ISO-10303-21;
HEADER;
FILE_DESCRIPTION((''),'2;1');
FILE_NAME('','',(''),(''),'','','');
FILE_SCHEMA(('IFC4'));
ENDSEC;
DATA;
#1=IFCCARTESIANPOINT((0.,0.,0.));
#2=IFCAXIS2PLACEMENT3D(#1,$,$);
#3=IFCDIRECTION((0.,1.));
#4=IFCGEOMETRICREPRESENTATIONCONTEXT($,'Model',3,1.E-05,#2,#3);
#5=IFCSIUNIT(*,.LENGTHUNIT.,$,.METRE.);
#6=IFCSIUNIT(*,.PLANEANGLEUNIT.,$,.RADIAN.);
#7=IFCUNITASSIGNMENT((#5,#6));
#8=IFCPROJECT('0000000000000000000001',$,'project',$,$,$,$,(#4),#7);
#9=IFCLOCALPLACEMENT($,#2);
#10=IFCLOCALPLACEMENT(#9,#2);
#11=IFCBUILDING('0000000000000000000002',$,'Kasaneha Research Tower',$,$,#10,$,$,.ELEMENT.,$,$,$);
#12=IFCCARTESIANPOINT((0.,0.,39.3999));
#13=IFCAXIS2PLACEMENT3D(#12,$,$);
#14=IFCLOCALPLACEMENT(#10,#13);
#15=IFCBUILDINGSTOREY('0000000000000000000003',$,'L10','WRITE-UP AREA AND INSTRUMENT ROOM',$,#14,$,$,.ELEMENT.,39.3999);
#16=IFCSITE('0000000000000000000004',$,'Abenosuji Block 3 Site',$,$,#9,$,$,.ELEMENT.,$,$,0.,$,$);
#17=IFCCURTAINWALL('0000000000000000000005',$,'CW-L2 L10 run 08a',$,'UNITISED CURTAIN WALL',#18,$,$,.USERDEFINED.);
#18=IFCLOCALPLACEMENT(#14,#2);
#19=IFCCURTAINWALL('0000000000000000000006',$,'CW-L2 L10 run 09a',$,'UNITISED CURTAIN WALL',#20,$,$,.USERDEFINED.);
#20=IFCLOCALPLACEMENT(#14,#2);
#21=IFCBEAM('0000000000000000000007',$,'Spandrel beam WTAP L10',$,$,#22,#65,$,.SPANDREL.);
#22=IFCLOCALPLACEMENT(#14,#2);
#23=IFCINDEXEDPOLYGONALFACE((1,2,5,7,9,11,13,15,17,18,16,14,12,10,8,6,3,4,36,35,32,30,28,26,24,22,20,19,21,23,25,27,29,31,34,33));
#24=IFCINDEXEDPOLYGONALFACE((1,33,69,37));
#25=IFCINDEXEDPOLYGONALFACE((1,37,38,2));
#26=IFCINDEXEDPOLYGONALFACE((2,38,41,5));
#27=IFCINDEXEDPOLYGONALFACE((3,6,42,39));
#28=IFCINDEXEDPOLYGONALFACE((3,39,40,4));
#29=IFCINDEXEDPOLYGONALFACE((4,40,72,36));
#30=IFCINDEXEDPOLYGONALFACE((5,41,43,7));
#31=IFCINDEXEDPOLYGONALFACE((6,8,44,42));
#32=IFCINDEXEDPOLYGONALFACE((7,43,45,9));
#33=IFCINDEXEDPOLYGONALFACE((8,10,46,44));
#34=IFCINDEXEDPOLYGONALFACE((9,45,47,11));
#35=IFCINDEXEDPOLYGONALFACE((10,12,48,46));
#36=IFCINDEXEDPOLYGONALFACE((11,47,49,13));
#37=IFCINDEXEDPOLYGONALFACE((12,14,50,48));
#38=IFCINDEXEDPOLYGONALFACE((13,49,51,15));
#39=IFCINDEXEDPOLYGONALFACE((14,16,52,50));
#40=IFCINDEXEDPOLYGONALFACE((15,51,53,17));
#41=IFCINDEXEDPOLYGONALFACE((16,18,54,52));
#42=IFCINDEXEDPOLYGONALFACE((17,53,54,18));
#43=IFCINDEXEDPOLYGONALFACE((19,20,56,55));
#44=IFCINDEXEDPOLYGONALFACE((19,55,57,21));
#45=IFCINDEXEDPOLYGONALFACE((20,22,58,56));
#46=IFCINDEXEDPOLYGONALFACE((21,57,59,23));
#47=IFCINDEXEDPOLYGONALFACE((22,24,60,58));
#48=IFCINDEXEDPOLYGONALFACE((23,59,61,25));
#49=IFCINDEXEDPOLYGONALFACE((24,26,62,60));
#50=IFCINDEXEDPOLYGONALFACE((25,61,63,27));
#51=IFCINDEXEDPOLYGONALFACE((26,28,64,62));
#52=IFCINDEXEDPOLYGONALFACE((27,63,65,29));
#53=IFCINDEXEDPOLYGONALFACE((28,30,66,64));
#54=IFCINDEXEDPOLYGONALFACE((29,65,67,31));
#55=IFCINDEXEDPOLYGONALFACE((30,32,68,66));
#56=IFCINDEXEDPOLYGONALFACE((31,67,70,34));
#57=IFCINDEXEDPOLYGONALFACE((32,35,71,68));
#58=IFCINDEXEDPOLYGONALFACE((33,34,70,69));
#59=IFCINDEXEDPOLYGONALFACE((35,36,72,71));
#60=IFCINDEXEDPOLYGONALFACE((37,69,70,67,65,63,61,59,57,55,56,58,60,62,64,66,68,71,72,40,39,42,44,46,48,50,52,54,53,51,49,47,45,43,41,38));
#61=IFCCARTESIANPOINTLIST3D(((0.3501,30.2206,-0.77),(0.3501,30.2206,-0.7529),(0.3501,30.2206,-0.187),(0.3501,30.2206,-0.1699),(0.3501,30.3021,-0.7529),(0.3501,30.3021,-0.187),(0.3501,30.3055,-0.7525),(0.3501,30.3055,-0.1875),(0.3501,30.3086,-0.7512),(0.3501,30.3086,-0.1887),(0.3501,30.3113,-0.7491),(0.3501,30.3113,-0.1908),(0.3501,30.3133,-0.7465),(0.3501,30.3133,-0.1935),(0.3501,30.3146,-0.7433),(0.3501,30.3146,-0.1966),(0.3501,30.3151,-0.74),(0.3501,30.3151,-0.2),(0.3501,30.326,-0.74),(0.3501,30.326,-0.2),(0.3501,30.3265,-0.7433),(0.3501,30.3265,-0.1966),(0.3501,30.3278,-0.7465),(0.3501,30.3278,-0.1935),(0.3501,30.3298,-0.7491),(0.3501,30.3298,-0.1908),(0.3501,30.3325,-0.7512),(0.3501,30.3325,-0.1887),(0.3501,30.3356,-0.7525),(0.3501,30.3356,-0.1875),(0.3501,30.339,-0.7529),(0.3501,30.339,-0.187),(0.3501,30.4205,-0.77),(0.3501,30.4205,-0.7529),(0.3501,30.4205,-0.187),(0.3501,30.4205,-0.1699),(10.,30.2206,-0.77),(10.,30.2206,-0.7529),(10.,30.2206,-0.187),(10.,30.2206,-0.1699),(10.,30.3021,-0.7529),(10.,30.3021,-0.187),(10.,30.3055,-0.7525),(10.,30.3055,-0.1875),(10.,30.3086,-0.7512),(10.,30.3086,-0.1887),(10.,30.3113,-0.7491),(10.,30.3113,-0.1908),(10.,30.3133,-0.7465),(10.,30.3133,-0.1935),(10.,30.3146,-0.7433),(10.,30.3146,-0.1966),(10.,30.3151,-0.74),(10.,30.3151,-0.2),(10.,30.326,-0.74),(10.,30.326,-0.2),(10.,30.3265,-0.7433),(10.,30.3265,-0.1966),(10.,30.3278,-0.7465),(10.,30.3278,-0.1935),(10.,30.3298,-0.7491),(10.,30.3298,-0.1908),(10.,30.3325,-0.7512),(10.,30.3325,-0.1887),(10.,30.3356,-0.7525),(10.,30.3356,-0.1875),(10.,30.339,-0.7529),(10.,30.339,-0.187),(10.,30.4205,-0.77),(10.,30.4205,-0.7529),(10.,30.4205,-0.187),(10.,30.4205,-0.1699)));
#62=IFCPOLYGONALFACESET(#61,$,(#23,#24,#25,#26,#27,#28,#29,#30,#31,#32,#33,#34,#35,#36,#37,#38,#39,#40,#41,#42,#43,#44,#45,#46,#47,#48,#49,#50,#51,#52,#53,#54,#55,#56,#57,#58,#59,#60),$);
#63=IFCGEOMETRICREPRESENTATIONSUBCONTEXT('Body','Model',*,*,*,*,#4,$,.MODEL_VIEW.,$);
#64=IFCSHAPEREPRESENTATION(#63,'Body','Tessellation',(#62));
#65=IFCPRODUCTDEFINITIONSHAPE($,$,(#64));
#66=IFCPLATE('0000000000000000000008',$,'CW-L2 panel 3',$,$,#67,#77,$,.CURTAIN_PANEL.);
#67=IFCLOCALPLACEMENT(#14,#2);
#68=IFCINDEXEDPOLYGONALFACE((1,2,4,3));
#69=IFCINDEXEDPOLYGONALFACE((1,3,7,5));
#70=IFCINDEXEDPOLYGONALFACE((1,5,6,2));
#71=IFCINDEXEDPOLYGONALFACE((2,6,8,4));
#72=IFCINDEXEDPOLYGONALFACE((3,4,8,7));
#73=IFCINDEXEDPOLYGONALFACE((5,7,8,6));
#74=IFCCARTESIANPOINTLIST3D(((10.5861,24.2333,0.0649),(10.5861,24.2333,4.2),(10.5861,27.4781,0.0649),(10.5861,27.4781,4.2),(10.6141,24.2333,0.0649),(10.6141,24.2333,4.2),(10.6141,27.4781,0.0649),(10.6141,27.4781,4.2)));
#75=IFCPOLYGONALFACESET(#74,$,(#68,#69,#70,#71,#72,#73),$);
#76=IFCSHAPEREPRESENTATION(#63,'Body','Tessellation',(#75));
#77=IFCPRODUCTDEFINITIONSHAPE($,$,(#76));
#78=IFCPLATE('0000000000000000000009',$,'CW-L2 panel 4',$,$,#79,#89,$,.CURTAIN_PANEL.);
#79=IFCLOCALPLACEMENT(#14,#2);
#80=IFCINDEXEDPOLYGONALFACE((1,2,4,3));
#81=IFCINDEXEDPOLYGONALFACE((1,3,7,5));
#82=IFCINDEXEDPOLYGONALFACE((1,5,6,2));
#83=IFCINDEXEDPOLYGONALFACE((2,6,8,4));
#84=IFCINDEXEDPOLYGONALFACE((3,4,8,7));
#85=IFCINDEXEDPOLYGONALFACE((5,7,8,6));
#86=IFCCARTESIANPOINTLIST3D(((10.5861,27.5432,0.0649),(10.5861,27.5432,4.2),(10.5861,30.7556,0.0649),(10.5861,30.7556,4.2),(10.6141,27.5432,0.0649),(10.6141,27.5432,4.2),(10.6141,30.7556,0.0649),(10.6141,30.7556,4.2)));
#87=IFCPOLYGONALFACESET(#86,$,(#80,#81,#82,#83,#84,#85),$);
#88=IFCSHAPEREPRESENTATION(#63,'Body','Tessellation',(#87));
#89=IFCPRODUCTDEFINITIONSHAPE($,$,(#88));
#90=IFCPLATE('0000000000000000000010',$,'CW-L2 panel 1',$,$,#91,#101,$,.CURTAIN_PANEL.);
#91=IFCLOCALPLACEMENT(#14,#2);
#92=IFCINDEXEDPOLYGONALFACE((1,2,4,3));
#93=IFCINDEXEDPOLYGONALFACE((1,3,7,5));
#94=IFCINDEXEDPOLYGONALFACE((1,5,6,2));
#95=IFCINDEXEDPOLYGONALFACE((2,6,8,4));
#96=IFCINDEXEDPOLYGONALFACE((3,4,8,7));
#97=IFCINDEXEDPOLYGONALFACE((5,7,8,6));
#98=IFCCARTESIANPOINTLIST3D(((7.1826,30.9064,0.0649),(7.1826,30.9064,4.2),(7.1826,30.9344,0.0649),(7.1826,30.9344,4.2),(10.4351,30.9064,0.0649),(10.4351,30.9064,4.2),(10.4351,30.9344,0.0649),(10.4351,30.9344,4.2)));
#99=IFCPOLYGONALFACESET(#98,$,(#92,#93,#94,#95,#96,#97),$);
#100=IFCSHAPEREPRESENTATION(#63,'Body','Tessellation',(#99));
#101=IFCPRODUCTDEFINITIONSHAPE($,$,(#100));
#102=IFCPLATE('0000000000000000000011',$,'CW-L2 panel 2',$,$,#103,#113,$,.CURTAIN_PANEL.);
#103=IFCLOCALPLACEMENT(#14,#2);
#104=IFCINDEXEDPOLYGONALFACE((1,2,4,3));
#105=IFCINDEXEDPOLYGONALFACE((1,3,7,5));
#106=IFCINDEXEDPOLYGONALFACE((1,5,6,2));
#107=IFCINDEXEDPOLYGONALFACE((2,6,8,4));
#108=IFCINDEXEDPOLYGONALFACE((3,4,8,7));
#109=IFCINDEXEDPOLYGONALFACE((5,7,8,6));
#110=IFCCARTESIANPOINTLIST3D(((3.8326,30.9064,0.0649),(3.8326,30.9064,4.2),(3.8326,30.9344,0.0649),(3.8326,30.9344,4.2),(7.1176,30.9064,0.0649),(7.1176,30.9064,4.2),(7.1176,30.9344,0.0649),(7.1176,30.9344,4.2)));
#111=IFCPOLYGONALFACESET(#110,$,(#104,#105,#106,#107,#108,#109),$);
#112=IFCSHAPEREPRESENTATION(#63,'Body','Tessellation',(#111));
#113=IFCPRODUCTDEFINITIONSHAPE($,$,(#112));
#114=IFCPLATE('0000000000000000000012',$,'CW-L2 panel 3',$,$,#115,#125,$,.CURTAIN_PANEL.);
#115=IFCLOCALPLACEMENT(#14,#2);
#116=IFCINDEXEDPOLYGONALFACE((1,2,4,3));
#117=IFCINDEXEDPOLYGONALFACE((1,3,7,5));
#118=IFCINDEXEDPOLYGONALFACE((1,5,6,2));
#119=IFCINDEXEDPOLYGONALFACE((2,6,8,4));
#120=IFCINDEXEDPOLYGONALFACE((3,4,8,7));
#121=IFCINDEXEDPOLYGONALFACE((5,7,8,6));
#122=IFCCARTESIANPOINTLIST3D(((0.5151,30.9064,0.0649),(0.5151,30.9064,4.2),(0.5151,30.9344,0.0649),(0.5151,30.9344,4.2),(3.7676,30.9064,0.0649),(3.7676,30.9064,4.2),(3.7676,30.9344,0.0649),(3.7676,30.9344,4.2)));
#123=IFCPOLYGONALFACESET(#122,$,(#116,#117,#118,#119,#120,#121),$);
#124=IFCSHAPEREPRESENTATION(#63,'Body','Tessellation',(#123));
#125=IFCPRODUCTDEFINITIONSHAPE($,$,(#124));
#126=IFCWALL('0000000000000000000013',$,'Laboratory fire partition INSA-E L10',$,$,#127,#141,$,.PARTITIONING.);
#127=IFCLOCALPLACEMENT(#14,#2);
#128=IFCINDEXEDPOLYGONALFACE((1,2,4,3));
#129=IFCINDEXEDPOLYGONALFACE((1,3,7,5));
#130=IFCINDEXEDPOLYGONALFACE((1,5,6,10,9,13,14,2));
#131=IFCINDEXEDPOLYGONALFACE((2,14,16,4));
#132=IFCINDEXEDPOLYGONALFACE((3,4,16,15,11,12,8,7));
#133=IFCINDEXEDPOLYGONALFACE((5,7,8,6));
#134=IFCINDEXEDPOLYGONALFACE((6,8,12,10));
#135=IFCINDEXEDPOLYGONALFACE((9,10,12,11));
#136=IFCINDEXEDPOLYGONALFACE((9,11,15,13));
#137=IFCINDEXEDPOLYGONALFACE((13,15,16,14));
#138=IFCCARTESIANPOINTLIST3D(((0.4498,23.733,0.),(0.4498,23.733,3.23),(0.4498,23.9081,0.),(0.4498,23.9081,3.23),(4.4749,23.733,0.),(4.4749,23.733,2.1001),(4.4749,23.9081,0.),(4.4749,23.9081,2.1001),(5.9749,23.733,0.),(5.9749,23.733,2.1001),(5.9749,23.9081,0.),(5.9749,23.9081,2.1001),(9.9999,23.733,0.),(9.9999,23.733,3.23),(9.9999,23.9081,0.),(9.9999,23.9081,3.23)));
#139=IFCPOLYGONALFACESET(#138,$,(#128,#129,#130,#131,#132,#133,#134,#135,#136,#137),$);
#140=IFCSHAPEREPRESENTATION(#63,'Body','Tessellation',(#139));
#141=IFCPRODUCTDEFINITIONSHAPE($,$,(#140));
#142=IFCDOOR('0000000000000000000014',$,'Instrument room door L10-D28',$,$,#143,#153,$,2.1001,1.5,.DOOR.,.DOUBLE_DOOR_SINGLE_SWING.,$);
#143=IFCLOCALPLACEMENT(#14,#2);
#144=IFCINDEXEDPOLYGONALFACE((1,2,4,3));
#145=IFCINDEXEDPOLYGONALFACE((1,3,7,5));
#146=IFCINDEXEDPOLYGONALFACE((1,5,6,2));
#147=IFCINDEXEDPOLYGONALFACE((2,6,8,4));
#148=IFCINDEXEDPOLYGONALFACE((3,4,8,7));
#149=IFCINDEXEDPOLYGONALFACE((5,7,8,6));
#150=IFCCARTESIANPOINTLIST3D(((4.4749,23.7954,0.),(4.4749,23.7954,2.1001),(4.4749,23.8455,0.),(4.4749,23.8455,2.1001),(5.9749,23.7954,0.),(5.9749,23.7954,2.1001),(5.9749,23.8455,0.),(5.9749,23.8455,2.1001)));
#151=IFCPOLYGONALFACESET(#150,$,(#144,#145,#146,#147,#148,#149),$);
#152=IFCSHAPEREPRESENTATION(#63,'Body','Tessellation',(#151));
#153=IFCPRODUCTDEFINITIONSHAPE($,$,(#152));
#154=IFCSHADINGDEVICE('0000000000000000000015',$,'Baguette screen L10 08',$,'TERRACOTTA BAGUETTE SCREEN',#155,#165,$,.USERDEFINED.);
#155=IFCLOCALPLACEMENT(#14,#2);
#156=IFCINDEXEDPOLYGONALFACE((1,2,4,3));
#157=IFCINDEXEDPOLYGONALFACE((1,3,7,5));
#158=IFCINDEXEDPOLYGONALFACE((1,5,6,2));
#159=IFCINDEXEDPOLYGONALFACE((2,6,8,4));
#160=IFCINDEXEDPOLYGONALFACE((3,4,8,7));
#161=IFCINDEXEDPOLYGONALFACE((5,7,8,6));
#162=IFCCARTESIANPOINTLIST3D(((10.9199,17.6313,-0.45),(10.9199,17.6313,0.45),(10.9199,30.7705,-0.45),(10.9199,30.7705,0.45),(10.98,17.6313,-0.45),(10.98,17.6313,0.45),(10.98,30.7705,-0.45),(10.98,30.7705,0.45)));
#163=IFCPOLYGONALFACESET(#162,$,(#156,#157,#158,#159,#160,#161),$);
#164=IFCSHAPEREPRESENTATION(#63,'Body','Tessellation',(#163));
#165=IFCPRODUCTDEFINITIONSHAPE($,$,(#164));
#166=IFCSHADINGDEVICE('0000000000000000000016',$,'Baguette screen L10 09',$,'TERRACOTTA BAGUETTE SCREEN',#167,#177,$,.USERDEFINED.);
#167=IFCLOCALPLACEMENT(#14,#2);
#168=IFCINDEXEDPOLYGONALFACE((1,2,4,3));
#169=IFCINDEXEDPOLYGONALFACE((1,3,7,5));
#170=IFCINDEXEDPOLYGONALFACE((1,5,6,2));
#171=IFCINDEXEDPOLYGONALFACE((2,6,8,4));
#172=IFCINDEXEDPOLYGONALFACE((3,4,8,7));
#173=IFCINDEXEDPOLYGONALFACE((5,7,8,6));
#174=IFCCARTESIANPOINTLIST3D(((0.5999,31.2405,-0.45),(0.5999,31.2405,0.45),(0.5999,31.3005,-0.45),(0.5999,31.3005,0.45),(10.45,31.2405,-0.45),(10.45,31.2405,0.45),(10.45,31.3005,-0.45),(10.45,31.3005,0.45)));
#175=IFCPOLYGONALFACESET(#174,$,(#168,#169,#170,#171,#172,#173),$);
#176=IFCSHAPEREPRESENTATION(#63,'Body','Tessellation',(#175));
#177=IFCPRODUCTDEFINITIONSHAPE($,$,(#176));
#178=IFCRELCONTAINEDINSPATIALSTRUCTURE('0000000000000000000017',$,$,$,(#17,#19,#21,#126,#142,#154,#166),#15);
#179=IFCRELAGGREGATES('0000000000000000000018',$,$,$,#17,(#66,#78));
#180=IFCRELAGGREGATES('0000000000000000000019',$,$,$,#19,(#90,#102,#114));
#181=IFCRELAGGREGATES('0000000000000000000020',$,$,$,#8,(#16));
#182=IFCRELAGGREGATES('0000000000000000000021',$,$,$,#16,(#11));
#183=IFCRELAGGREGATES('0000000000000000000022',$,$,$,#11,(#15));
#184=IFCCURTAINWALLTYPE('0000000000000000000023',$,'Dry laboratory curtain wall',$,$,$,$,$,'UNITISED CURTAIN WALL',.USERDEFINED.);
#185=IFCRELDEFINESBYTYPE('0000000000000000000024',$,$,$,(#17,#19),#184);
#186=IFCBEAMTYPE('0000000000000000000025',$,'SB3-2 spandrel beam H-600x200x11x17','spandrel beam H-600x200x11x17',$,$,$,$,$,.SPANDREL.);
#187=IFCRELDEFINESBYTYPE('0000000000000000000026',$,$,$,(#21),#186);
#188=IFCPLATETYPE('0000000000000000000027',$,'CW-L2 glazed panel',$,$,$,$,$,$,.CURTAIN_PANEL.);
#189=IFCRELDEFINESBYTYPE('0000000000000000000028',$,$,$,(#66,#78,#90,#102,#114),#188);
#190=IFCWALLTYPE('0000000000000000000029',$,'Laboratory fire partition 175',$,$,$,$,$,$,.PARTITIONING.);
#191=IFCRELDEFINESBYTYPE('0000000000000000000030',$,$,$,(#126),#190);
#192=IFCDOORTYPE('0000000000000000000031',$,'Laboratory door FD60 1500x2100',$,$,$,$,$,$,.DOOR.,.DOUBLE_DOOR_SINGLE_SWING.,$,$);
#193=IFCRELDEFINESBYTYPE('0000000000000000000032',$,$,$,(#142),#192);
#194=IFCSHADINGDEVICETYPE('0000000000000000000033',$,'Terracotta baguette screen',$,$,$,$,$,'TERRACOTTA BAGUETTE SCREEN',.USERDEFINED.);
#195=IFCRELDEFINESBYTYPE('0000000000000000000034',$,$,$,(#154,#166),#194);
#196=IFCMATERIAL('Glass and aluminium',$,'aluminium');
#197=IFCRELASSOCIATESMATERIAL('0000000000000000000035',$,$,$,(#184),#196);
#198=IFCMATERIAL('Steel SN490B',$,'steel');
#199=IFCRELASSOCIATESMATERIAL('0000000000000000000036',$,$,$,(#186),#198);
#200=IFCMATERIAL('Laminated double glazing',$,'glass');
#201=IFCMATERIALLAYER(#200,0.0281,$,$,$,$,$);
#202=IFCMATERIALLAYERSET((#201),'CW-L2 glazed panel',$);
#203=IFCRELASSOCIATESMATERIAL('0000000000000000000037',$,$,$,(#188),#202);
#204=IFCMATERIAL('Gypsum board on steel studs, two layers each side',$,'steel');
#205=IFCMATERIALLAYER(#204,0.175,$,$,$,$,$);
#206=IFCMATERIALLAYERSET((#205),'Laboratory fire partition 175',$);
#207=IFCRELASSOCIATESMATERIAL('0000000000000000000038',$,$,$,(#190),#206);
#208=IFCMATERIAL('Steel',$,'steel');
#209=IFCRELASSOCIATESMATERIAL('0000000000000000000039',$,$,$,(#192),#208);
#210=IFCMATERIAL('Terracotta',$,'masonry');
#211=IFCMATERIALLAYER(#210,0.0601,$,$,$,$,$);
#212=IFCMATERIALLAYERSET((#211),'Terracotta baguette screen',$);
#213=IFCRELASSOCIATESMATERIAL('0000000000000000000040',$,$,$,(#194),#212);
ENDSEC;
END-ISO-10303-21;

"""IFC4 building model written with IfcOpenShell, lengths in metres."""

from ifc_helpers import new_model, si_unit, direction, frame, frame_2d, origin, origin_2d, place, context, subcontext, project, spatial, rectangle, i_section, extrude, material, layer, layer_set, material_profile, profile_set, type_object, element, fill, aggregate, save


model = new_model("IFC4")

# Units and contexts
model_context = context("Model", 3, precision=1e-05, world=origin(), true_north=direction((0.0, 1.0)))
body_context = subcontext(model_context, "Body", "Model", "MODEL_VIEW")
ifc_project = project(units=[si_unit("LENGTHUNIT", "METRE"), si_unit("PLANEANGLEUNIT", "RADIAN")], contexts=[model_context])

# Site, building, storey
site_placement = place(None, origin())
site = spatial("IfcSite", under=ifc_project, at=site_placement, Name="Abenosuji Block 3 Site", CompositionType="ELEMENT", RefElevation=0.0)
building_placement = place(site_placement, origin())
building = spatial("IfcBuilding", under=site, at=building_placement, Name="Kasaneha Research Tower", CompositionType="ELEMENT")
storey_placement = place(building_placement, frame((0.0, 0.0, 39.3999)))
storey = spatial("IfcBuildingStorey", under=building, at=storey_placement, Name="L10", Description="WRITE-UP AREA AND INSTRUMENT ROOM", CompositionType="ELEMENT", Elevation=39.3999)

# Curtain walls
ifc_material_1 = material(Name="Glass and aluminium", Category="aluminium")
curtain_wall_type = type_object("IfcCurtainWallType", Name="Dry laboratory curtain wall", ElementType="UNITISED CURTAIN WALL", PredefinedType="USERDEFINED", material=ifc_material_1)
curtain_wall_1_placement = place(storey_placement, origin())
curtain_wall_1 = element("IfcCurtainWall", 1, at=curtain_wall_1_placement, inside=storey, type_object=curtain_wall_type, Name="CW-L2 L10 run 08a", ObjectType="UNITISED CURTAIN WALL", PredefinedType="USERDEFINED")
curtain_wall_2_placement = place(storey_placement, origin())
curtain_wall_2 = element("IfcCurtainWall", 2, at=curtain_wall_2_placement, inside=storey, type_object=curtain_wall_type, Name="CW-L2 L10 run 09a", ObjectType="UNITISED CURTAIN WALL", PredefinedType="USERDEFINED")

# Beam
ifc_material_2 = material(Name="Steel SN490B", Category="steel")
ifc_material_profile_1 = material_profile(ifc_material_2, i_section(OverallWidth=0.2, OverallDepth=0.6001, WebThickness=0.011, FlangeThickness=0.0171, FilletRadius=0.0129, at=origin_2d()), Name="H-600x200x11x17")
ifc_profile_set_1 = profile_set([ifc_material_profile_1], Name="Steel SN490B")
beam_type_1 = type_object("IfcBeamType", Name="SB3-2 spandrel beam H-600x200x11x17", Description="spandrel beam H-600x200x11x17", PredefinedType="SPANDREL", material=ifc_profile_set_1)
beam_1_placement = place(storey_placement, frame((10.0, 30.3206, -0.47), z_axis=(-1.0, 0.0, 0.0), x_axis=(0.0, -1.0, 0.0)))
element("IfcBeam", 3, at=beam_1_placement, inside=storey, type_object=beam_type_1, Name="Spandrel beam WTAP L10", PredefinedType="SPANDREL", context=body_context, shape_type="SweptSolid", body=[
    extrude(i_section(OverallWidth=0.2, OverallDepth=0.6001, WebThickness=0.011, FlangeThickness=0.0171, FilletRadius=0.0129, at=origin_2d()), origin(), (0.0, 0.0, 1.0), 9.6499),
])

# Plates
ifc_material_3 = material(Name="Laminated double glazing", Category="glass")
ifc_layer_1 = layer(ifc_material_3, 0.0281)
ifc_layer_set_1 = layer_set([ifc_layer_1], Name="CW-L2 glazed panel")
plate_type = type_object("IfcPlateType", Name="CW-L2 glazed panel", PredefinedType="CURTAIN_PANEL", material=ifc_layer_set_1)
plate_1_placement = place(storey_placement, frame((10.6001, 25.8557, 0.0649), z_axis=(0.0, 0.0, 1.0), x_axis=(0.0, 1.0, 0.0)))
plate_1 = element("IfcPlate", 4, at=plate_1_placement, type_object=plate_type, Name="CW-L2 panel 3", PredefinedType="CURTAIN_PANEL", context=body_context, shape_type="SweptSolid", body=[
    extrude(rectangle(XDim=3.2449, YDim=0.0281, at=origin_2d()), origin(), (0.0, 0.0, 1.0), 4.135),
])
plate_2_placement = place(storey_placement, frame((10.6001, 29.1494, 0.0649), z_axis=(0.0, 0.0, 1.0), x_axis=(0.0, 1.0, 0.0)))
plate_2 = element("IfcPlate", 5, at=plate_2_placement, type_object=plate_type, Name="CW-L2 panel 4", PredefinedType="CURTAIN_PANEL", context=body_context, shape_type="SweptSolid", body=[
    extrude(rectangle(XDim=3.2124, YDim=0.0281, at=origin_2d()), origin(), (0.0, 0.0, 1.0), 4.135),
])
aggregate(curtain_wall_1, [plate_1, plate_2])
plate_3_placement = place(storey_placement, frame((8.8088, 30.9204, 0.0649), z_axis=(0.0, 0.0, 1.0), x_axis=(-1.0, 0.0, 0.0)))
plate_3 = element("IfcPlate", 6, at=plate_3_placement, type_object=plate_type, Name="CW-L2 panel 1", PredefinedType="CURTAIN_PANEL", context=body_context, shape_type="SweptSolid", body=[
    extrude(rectangle(XDim=3.2524, YDim=0.0281, at=origin_2d()), origin(), (0.0, 0.0, 1.0), 4.135),
])
plate_4_placement = place(storey_placement, frame((5.4751, 30.9204, 0.0649), z_axis=(0.0, 0.0, 1.0), x_axis=(-1.0, 0.0, 0.0)))
plate_4 = element("IfcPlate", 7, at=plate_4_placement, type_object=plate_type, Name="CW-L2 panel 2", PredefinedType="CURTAIN_PANEL", context=body_context, shape_type="SweptSolid", body=[
    extrude(rectangle(XDim=3.2849, YDim=0.0281, at=origin_2d()), origin(), (0.0, 0.0, 1.0), 4.135),
])
plate_5_placement = place(storey_placement, frame((2.1414, 30.9204, 0.0649), z_axis=(0.0, 0.0, 1.0), x_axis=(-1.0, 0.0, 0.0)))
plate_5 = element("IfcPlate", 8, at=plate_5_placement, type_object=plate_type, Name="CW-L2 panel 3", PredefinedType="CURTAIN_PANEL", context=body_context, shape_type="SweptSolid", body=[
    extrude(rectangle(XDim=3.2524, YDim=0.0281, at=origin_2d()), origin(), (0.0, 0.0, 1.0), 4.135),
])
aggregate(curtain_wall_2, [plate_3, plate_4, plate_5])

# Wall, opening, door
ifc_material_4 = material(Name="Gypsum board on steel studs, two layers each side", Category="steel")
ifc_layer_2 = layer(ifc_material_4, 0.175)
ifc_layer_set_2 = layer_set([ifc_layer_2], Name="Laboratory fire partition 175")
wall_type = type_object("IfcWallType", Name="Laboratory fire partition 175", PredefinedType="PARTITIONING", material=ifc_layer_set_2)
wall_placement = place(storey_placement, frame((0.45, 23.8206, 0.0), z_axis=(0.0, 0.0, 1.0), x_axis=(1.0, 0.0, 0.0)))
wall = element("IfcWall", 9, at=wall_placement, inside=storey, type_object=wall_type, Name="Laboratory fire partition INSA-E L10", PredefinedType="PARTITIONING", context=body_context, shape_type="SweptSolid", body=[
    extrude(rectangle(XDim=9.55, YDim=0.175, at=frame_2d((4.7749, 0.0))), origin(), (0.0, 0.0, 1.0), 3.23),
])
opening_placement = place(wall_placement, frame((4.0249, 0.0, 0.0)))
opening = element("IfcOpeningElement", 10, at=opening_placement, cuts=wall, PredefinedType="OPENING", context=body_context, shape_type="SweptSolid", body=[
    extrude(rectangle(XDim=1.5, YDim=2.1001, at=frame_2d((0.75, 1.05))), frame((0.0, 0.0977, 0.0), z_axis=(0.0, -1.0, 0.0), x_axis=(1.0, 0.0, 0.0)), (0.0, 0.0, 1.0), 0.1951),
])
ifc_material_5 = material(Name="Steel", Category="steel")
door_type = type_object("IfcDoorType", Name="Laboratory door FD60 1500x2100", OperationType="DOUBLE_DOOR_SINGLE_SWING", PredefinedType="DOOR", material=ifc_material_5)
door_placement = place(opening_placement, origin())
door = element("IfcDoor", 11, at=door_placement, inside=storey, type_object=door_type, Name="Instrument room door L10-D28", OperationType="DOUBLE_DOOR_SINGLE_SWING", OverallHeight=2.1001, OverallWidth=1.5, PredefinedType="DOOR", context=body_context, shape_type="SweptSolid", body=[
    extrude(rectangle(XDim=1.5, YDim=2.1001, at=frame_2d((0.75, 1.05))), frame((0.0, 0.0249, 0.0), z_axis=(0.0, -1.0, 0.0), x_axis=(1.0, 0.0, 0.0)), (0.0, 0.0, 1.0), 0.05),
])
fill(opening, door)

# Shading devices
ifc_material_6 = material(Name="Terracotta", Category="masonry")
ifc_layer_3 = layer(ifc_material_6, 0.0601)
ifc_layer_set_3 = layer_set([ifc_layer_3], Name="Terracotta baguette screen")
shading_device_type = type_object("IfcShadingDeviceType", Name="Terracotta baguette screen", ElementType="TERRACOTTA BAGUETTE SCREEN", PredefinedType="USERDEFINED", material=ifc_layer_set_3)
shading_device_1_placement = place(storey_placement, frame((10.95, 24.2009, -0.45), z_axis=(0.0, 0.0, 1.0), x_axis=(0.0, 1.0, 0.0)))
element("IfcShadingDevice", 12, at=shading_device_1_placement, inside=storey, type_object=shading_device_type, Name="Baguette screen L10 08", ObjectType="TERRACOTTA BAGUETTE SCREEN", PredefinedType="USERDEFINED", context=body_context, shape_type="SweptSolid", body=[
    extrude(rectangle(XDim=13.1392, YDim=0.0601, at=origin_2d()), origin(), (0.0, 0.0, 1.0), 0.8999),
])
shading_device_2_placement = place(storey_placement, frame((5.5249, 31.2705, -0.45), z_axis=(0.0, 0.0, 1.0), x_axis=(-1.0, 0.0, 0.0)))
element("IfcShadingDevice", 13, at=shading_device_2_placement, inside=storey, type_object=shading_device_type, Name="Baguette screen L10 09", ObjectType="TERRACOTTA BAGUETTE SCREEN", PredefinedType="USERDEFINED", context=body_context, shape_type="SweptSolid", body=[
    extrude(rectangle(XDim=9.8501, YDim=0.0601, at=origin_2d()), origin(), (0.0, 0.0, 1.0), 0.8999),
])

save(model, "model.ifc")
